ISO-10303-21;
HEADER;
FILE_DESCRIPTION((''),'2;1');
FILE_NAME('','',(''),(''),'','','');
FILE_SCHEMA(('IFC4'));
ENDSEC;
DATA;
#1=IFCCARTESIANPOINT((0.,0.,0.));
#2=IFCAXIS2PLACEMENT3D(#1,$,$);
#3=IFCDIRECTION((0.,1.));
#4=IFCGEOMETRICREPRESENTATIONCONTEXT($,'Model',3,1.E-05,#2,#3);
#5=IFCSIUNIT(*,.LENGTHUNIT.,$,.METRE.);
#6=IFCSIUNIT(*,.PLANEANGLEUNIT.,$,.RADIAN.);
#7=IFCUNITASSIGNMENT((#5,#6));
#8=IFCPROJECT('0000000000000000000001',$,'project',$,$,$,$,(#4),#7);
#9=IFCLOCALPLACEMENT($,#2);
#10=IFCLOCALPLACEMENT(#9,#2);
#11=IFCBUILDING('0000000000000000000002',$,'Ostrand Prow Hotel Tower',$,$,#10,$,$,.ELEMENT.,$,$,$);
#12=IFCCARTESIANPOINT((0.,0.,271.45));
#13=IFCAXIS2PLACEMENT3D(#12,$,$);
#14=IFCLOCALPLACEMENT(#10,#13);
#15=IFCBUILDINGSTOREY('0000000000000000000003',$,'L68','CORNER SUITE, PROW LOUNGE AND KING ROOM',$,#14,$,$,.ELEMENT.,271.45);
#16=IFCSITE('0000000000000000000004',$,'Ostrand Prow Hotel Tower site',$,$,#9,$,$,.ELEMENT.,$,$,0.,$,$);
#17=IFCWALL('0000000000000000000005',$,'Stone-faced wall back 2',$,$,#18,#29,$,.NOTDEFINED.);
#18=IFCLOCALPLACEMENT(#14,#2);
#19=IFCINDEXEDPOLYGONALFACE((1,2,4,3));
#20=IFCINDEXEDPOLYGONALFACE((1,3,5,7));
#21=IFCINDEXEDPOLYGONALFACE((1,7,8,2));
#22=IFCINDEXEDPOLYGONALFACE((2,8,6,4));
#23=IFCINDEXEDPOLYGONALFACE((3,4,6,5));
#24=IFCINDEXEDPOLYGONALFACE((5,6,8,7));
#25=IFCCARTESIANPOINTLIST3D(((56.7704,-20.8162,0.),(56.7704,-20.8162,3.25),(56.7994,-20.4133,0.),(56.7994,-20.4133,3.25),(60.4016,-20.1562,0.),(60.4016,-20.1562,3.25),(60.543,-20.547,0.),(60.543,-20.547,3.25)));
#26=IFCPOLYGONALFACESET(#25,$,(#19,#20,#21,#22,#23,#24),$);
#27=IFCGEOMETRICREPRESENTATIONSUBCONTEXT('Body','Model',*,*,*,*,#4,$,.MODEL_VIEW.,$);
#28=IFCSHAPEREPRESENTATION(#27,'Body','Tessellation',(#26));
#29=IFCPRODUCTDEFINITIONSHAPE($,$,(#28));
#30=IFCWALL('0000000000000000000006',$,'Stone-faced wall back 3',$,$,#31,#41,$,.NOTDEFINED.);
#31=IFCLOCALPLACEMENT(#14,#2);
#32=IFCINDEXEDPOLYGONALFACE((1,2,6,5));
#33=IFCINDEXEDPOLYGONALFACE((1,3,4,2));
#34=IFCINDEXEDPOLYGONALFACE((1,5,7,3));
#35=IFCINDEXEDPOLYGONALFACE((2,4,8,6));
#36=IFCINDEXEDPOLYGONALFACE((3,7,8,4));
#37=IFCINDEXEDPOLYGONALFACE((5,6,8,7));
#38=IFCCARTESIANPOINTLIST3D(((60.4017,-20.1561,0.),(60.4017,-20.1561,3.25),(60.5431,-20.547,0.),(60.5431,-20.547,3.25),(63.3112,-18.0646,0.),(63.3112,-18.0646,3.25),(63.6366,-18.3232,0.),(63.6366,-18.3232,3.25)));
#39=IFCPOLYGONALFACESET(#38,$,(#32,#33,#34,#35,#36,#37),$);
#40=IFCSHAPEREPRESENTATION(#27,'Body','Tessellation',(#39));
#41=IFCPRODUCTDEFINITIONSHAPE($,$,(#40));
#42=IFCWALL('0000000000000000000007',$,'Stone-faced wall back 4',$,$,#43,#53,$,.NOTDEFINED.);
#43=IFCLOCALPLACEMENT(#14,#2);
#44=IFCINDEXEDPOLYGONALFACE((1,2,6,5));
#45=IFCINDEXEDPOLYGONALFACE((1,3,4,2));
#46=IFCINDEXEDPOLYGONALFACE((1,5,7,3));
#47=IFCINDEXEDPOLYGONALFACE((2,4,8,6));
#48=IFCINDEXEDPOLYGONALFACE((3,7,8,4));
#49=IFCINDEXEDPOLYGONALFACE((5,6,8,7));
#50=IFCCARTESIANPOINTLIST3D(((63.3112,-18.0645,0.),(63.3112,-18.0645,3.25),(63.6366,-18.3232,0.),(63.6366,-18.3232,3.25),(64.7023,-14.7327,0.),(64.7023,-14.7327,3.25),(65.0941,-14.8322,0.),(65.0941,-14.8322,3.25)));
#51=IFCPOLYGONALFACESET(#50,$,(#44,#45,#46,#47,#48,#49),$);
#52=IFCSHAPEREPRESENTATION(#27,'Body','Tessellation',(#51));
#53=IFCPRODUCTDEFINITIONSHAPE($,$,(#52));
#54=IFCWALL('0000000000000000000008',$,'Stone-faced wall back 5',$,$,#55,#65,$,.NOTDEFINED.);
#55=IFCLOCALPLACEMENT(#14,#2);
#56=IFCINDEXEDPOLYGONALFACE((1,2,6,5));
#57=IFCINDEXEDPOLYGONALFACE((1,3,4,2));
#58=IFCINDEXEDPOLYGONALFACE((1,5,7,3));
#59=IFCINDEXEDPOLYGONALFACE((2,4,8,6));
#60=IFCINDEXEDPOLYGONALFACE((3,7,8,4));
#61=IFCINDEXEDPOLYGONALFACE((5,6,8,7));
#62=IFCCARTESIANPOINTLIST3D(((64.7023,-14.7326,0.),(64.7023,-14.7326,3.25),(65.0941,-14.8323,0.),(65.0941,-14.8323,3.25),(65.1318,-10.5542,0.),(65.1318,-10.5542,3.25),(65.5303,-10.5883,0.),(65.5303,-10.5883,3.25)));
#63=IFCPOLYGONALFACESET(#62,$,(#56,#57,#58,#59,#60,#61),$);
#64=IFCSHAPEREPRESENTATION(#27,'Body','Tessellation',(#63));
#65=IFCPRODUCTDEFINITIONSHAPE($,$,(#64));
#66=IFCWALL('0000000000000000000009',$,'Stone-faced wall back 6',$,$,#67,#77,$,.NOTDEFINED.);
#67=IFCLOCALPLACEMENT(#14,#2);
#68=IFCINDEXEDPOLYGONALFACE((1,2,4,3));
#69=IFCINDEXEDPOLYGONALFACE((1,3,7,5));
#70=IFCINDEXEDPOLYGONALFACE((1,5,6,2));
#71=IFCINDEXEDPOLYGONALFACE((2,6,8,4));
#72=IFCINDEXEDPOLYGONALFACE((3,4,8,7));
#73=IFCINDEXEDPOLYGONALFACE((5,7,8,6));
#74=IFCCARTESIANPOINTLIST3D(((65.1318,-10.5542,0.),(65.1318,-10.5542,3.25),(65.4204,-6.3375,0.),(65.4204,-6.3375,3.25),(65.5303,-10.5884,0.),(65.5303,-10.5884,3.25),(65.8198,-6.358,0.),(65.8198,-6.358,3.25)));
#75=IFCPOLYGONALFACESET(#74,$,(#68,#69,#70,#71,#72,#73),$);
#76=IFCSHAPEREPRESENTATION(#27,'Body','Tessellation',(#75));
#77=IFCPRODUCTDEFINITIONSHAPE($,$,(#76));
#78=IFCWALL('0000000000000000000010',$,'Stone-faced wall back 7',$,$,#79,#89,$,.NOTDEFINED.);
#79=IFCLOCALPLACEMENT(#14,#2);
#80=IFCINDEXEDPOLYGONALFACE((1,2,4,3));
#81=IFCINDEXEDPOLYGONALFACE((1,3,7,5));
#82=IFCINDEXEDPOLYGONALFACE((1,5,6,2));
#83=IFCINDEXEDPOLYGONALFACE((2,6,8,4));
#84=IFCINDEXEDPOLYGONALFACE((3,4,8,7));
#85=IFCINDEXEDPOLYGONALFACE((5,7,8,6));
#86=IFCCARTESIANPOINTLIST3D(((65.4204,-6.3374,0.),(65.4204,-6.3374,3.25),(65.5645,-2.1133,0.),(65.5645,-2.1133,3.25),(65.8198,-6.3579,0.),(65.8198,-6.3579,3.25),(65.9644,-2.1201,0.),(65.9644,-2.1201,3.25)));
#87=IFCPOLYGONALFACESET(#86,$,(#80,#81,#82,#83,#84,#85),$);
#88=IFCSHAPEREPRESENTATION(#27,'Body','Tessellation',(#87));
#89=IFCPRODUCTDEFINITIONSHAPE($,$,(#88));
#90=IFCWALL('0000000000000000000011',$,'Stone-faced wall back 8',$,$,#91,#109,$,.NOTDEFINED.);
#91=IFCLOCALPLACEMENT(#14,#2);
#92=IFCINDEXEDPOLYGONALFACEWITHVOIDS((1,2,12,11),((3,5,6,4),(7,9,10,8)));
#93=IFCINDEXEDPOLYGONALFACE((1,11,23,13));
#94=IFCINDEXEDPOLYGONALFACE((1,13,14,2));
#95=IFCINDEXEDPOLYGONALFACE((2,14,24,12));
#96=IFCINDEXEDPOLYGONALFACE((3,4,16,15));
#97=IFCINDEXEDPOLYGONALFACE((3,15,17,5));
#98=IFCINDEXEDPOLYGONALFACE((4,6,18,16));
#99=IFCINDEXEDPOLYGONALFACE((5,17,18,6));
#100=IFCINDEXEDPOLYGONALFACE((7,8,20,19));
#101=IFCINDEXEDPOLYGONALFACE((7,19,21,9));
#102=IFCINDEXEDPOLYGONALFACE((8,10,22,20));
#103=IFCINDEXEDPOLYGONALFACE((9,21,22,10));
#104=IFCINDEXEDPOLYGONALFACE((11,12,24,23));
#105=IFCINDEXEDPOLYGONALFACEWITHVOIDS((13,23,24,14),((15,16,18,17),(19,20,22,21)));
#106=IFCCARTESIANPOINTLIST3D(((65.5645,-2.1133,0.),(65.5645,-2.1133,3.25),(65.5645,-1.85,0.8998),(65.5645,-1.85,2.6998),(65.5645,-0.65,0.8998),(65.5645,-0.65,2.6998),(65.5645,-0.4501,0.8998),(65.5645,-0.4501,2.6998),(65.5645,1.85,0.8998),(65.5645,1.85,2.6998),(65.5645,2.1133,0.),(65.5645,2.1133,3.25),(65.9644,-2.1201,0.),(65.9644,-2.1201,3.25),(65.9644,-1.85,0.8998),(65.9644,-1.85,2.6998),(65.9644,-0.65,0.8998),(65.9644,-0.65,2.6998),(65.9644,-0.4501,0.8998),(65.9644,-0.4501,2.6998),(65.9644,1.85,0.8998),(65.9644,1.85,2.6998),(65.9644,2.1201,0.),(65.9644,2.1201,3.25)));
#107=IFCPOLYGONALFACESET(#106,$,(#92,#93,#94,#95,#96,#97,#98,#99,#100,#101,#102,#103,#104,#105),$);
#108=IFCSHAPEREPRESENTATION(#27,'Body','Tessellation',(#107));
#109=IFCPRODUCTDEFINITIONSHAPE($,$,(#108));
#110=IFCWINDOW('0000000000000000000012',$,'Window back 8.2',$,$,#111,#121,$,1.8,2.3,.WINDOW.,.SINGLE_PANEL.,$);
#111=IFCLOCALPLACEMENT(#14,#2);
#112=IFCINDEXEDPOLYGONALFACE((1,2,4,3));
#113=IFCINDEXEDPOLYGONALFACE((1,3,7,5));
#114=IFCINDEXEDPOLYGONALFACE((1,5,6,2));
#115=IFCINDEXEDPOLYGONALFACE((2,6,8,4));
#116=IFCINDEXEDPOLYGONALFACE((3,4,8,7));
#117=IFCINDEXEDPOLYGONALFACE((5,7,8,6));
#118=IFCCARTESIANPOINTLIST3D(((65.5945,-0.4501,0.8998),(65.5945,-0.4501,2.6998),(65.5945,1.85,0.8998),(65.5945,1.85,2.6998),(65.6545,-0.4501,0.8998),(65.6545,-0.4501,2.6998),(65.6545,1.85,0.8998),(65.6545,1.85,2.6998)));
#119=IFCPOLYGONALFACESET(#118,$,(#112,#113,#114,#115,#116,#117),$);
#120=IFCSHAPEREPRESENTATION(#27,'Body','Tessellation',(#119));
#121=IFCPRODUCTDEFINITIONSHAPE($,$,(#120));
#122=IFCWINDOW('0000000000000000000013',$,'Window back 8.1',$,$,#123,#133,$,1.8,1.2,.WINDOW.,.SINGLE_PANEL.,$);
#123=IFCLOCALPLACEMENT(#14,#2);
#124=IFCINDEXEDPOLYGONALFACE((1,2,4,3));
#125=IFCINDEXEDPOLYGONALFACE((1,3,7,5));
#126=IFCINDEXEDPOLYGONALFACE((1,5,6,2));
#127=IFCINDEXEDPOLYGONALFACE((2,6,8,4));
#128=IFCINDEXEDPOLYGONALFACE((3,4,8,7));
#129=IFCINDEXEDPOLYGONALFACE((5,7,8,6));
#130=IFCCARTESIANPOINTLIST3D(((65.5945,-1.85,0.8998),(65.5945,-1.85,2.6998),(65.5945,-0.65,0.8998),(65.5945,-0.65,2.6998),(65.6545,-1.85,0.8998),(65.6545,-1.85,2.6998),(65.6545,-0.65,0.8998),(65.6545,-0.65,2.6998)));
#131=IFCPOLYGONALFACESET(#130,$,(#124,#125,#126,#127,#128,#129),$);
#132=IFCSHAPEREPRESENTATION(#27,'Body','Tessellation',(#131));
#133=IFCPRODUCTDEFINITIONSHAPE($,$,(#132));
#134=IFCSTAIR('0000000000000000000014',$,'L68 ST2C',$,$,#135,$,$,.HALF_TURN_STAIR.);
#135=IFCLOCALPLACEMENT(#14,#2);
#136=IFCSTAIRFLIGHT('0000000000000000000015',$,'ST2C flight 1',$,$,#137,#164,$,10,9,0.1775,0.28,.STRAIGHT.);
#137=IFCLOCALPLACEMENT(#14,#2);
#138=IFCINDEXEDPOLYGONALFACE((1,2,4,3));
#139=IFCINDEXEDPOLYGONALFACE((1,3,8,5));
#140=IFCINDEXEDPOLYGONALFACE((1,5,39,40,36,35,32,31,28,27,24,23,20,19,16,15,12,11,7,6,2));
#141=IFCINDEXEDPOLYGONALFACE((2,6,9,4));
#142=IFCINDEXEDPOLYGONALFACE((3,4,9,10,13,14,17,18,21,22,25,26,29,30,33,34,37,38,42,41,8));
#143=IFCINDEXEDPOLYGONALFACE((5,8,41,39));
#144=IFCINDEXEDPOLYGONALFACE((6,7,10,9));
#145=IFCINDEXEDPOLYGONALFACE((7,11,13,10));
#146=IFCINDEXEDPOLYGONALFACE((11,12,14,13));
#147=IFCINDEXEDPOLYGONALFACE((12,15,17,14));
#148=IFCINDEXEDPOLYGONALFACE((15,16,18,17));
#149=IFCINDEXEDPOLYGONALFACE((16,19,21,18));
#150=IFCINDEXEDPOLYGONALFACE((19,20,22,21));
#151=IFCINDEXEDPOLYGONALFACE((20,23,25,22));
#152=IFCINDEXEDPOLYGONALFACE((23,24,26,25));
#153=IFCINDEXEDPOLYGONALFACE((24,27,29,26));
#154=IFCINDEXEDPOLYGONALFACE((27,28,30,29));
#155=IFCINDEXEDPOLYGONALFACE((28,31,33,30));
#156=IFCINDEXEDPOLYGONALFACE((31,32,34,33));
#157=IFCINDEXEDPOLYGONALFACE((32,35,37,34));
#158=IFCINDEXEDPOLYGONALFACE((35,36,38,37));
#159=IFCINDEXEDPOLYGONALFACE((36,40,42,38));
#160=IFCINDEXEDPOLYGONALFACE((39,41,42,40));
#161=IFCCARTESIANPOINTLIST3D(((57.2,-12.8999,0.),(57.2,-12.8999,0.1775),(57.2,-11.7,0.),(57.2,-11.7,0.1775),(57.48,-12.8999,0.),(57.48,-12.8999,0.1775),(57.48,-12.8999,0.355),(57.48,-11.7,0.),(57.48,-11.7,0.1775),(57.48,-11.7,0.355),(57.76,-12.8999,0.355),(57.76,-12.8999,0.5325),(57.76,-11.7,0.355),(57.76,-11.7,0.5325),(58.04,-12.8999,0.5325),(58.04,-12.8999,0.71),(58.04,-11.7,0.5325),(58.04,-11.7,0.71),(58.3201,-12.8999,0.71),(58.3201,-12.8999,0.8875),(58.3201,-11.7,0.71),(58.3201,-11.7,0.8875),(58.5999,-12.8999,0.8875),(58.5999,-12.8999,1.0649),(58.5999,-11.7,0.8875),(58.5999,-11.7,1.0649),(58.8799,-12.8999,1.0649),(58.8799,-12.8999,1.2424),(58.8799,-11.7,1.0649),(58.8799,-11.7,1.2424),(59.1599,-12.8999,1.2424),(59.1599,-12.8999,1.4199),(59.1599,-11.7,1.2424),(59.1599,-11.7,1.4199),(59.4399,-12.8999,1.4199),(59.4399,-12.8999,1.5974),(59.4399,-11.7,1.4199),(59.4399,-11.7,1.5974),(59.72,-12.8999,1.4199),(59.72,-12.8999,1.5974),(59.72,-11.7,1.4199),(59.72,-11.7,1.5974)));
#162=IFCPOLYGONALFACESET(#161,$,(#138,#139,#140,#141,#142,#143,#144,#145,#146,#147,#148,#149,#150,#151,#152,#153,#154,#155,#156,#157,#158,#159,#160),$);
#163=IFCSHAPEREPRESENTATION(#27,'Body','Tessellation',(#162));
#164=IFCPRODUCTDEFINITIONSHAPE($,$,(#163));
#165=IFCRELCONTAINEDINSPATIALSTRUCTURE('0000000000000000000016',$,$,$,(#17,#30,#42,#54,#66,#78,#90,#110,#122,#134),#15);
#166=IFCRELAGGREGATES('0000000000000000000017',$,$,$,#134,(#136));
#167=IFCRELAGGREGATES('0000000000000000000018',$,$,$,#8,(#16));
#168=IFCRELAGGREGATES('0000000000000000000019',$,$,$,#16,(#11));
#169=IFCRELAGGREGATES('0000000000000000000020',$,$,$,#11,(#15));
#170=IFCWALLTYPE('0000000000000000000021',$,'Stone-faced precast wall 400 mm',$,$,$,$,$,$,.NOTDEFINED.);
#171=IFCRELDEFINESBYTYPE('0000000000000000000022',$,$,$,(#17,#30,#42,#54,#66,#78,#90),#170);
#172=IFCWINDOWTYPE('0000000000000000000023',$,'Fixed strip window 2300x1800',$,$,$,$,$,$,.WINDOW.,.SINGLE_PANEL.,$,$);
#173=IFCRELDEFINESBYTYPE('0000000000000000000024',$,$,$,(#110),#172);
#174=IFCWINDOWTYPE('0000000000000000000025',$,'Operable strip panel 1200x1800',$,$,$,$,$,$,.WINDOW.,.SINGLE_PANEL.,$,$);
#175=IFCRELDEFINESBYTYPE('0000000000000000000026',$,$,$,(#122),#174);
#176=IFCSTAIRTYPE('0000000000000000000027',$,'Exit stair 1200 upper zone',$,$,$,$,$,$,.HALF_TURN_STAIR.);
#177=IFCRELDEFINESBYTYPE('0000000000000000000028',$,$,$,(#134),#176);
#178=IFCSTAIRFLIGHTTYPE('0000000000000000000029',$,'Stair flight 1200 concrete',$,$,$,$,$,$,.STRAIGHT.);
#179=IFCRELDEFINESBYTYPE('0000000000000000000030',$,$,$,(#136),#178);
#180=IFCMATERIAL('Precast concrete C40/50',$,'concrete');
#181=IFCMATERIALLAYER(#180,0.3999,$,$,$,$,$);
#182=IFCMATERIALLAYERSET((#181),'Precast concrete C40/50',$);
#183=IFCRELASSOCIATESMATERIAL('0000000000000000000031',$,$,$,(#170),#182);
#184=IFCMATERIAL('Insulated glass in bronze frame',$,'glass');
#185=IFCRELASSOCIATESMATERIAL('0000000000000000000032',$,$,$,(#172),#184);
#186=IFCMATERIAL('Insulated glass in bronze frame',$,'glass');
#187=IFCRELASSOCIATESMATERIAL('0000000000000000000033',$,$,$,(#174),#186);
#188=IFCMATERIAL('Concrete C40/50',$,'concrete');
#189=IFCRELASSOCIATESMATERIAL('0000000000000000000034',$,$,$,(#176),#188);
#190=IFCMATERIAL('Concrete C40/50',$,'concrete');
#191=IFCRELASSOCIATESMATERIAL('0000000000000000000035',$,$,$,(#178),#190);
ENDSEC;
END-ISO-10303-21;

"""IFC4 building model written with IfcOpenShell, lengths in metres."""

from ifc_helpers import new_model, si_unit, direction, frame, frame_2d, origin, place, context, subcontext, project, spatial, polyline, rectangle, outline, extrude, material, layer, layer_set, type_object, element, fill, aggregate, save


model = new_model("IFC4")

# Units and contexts
model_context = context("Model", 3, precision=1e-05, world=origin(), true_north=direction((0.0, 1.0)))
body_context = subcontext(model_context, "Body", "Model", "MODEL_VIEW")
ifc_project = project(units=[si_unit("LENGTHUNIT", "METRE"), si_unit("PLANEANGLEUNIT", "RADIAN")], contexts=[model_context])

# Site, building, storey
site_placement = place(None, origin())
site = spatial("IfcSite", under=ifc_project, at=site_placement, Name="Ostrand Prow Hotel Tower site", CompositionType="ELEMENT", RefElevation=0.0)
building_placement = place(site_placement, origin())
building = spatial("IfcBuilding", under=site, at=building_placement, Name="Ostrand Prow Hotel Tower", CompositionType="ELEMENT")
storey_placement = place(building_placement, frame((0.0, 0.0, 271.45)))
storey = spatial("IfcBuildingStorey", under=building, at=storey_placement, Name="L68", Description="CORNER SUITE, PROW LOUNGE AND KING ROOM", CompositionType="ELEMENT", Elevation=271.45)

# Walls
ifc_material_1 = material(Name="Precast concrete C40/50", Category="concrete")
ifc_layer_1 = layer(ifc_material_1, 0.3999)
ifc_layer_set_1 = layer_set([ifc_layer_1], Name="Precast concrete C40/50")
wall_type_1 = type_object("IfcWallType", Name="Stone-faced precast wall 400 mm", PredefinedType="NOTDEFINED", material=ifc_layer_set_1)
wall_1_placement = place(storey_placement, frame((56.7849, -20.6147, 0.0), z_axis=(0.0, 0.0, 1.0), x_axis=(0.997463, 0.071191, 0.0)))
element("IfcWall", 1, at=wall_1_placement, inside=storey, type_object=wall_type_1, Name="Stone-faced wall back 2", PredefinedType="NOTDEFINED", context=body_context, shape_type="SweptSolid", body=[
    extrude(outline(polyline([(-0.0288, -0.2), (3.7534, -0.2), (3.6401, 0.2), (0.0288, 0.2), (-0.0288, -0.2)])), origin(), (0.0, 0.0, 1.0), 3.25),
])
wall_2_placement = place(storey_placement, frame((60.4724, -20.3516, 0.0), z_axis=(0.0, 0.0, 1.0), x_axis=(0.811963, 0.58371, 0.0)))
element("IfcWall", 2, at=wall_2_placement, inside=storey, type_object=wall_type_1, Name="Stone-faced wall back 3", PredefinedType="NOTDEFINED", context=body_context, shape_type="SweptSolid", body=[
    extrude(outline(polyline([(-0.0566, -0.2), (3.7532, -0.2), (3.6399, 0.2), (0.0566, 0.2), (-0.0566, -0.2)])), origin(), (0.0, 0.0, 1.0), 3.25),
])
wall_3_placement = place(storey_placement, frame((63.4739, -18.1938, 0.0), z_axis=(0.0, 0.0, 1.0), x_axis=(0.385286, 0.922797, 0.0)))
element("IfcWall", 3, at=wall_3_placement, inside=storey, type_object=wall_type_1, Name="Stone-faced wall back 4", PredefinedType="NOTDEFINED", context=body_context, shape_type="SweptSolid", body=[
    extrude(outline(polyline([(-0.0566, -0.2), (3.7263, -0.2), (3.6672, 0.2), (0.0566, 0.2), (-0.0566, -0.2)])), origin(), (0.0, 0.0, 1.0), 3.25),
])
wall_4_placement = place(storey_placement, frame((64.8982, -14.7825, 0.0), z_axis=(0.0, 0.0, 1.0), x_axis=(0.10225, 0.994759, 0.0)))
element("IfcWall", 4, at=wall_4_placement, inside=storey, type_object=wall_type_1, Name="Stone-faced wall back 5", PredefinedType="NOTDEFINED", context=body_context, shape_type="SweptSolid", body=[
    extrude(outline(polyline([(-0.0295, -0.2), (4.2368, -0.2), (4.23, 0.2), (0.0295, 0.2), (-0.0295, -0.2)])), origin(), (0.0, 0.0, 1.0), 3.25),
])
for number, where, z_axis, x_axis, name in (
    (5, (65.3311, -10.5713, 0.0), (0.0, 0.0, 1.0), (0.06828, 0.997666, 0.0), "Stone-faced wall back 6"),
    (6, (65.6201, -6.3477, 0.0), (0.0, 0.0, 1.0), (0.034083, 0.999419, 0.0), "Stone-faced wall back 7"),
):
    element("IfcWall", number, at=place(storey_placement, frame(where, z_axis=z_axis, x_axis=x_axis)), inside=storey, type_object=wall_type_1, Name=name, PredefinedType="NOTDEFINED", context=body_context, shape_type="SweptSolid", body=[
        extrude(outline(polyline([(-0.0034, -0.2), (4.2368, -0.2), (4.23, 0.2), (0.0034, 0.2), (-0.0034, -0.2)])), origin(), (0.0, 0.0, 1.0), 3.25),
    ])

# Wall, openings, windows
wall_5_placement = place(storey_placement, frame((65.7644, -2.1167, 0.0), z_axis=(0.0, 0.0, 1.0), x_axis=(0.0, 1.0, 0.0)))
wall_5 = element("IfcWall", 7, at=wall_5_placement, inside=storey, type_object=wall_type_1, Name="Stone-faced wall back 8", PredefinedType="NOTDEFINED", context=body_context, shape_type="SweptSolid", body=[
    extrude(outline(polyline([(-0.0034, -0.2), (4.2368, -0.2), (4.23, 0.2), (0.0034, 0.2), (-0.0034, -0.2)])), origin(), (0.0, 0.0, 1.0), 3.25),
])
opening_1_placement = place(wall_5_placement, frame((0.2666, 0.0, 0.8999)))
opening_1 = element("IfcOpeningElement", 8, at=opening_1_placement, cuts=wall_5, PredefinedType="OPENING", context=body_context, shape_type="SweptSolid", body=[
    extrude(rectangle(XDim=1.2, YDim=1.8, at=frame_2d((0.6001, 0.8999))), frame((0.0, 0.21, 0.0), z_axis=(0.0, -1.0, 0.0), x_axis=(1.0, 0.0, 0.0)), (0.0, 0.0, 1.0), 0.4199),
])
opening_2_placement = place(wall_5_placement, frame((1.6667, 0.0, 0.8999)))
opening_2 = element("IfcOpeningElement", 9, at=opening_2_placement, cuts=wall_5, PredefinedType="OPENING", context=body_context, shape_type="SweptSolid", body=[
    extrude(rectangle(XDim=2.3, YDim=1.8, at=frame_2d((1.1499, 0.8999))), frame((0.0, 0.21, 0.0), z_axis=(0.0, -1.0, 0.0), x_axis=(1.0, 0.0, 0.0)), (0.0, 0.0, 1.0), 0.4199),
])
ifc_material_2 = material(Name="Insulated glass in bronze frame", Category="glass")
window_type_1 = type_object("IfcWindowType", Name="Fixed strip window 2300x1800", PartitioningType="SINGLE_PANEL", PredefinedType="WINDOW", material=ifc_material_2)
window_1_placement = place(opening_2_placement, origin())
window_1 = element("IfcWindow", 10, at=window_1_placement, inside=storey, type_object=window_type_1, Name="Window back 8.2", OverallHeight=1.8, OverallWidth=2.3, PartitioningType="SINGLE_PANEL", PredefinedType="WINDOW", context=body_context, shape_type="SweptSolid", body=[
    extrude(rectangle(XDim=2.3, YDim=1.8, at=frame_2d((1.1499, 0.8999))), frame((0.0, 0.1699, 0.0), z_axis=(0.0, -1.0, 0.0), x_axis=(1.0, 0.0, 0.0)), (0.0, 0.0, 1.0), 0.0601),
])
fill(opening_2, window_1)
ifc_material_3 = material(Name="Insulated glass in bronze frame", Category="glass")
window_type_2 = type_object("IfcWindowType", Name="Operable strip panel 1200x1800", PartitioningType="SINGLE_PANEL", PredefinedType="WINDOW", material=ifc_material_3)
window_2_placement = place(opening_1_placement, origin())
window_2 = element("IfcWindow", 11, at=window_2_placement, inside=storey, type_object=window_type_2, Name="Window back 8.1", OverallHeight=1.8, OverallWidth=1.2, PartitioningType="SINGLE_PANEL", PredefinedType="WINDOW", context=body_context, shape_type="SweptSolid", body=[
    extrude(rectangle(XDim=1.2, YDim=1.8, at=frame_2d((0.6001, 0.8999))), frame((0.0, 0.1699, 0.0), z_axis=(0.0, -1.0, 0.0), x_axis=(1.0, 0.0, 0.0)), (0.0, 0.0, 1.0), 0.0601),
])
fill(opening_1, window_2)

# Stair, stair flight
ifc_material_4 = material(Name="Concrete C40/50", Category="concrete")
stair_type = type_object("IfcStairType", Name="Exit stair 1200 upper zone", PredefinedType="HALF_TURN_STAIR", material=ifc_material_4)
stair_placement = place(storey_placement, origin())
stair = element("IfcStair", 12, at=stair_placement, inside=storey, type_object=stair_type, Name="L68 ST2C", PredefinedType="HALF_TURN_STAIR")
ifc_material_5 = material(Name="Concrete C40/50", Category="concrete")
stair_flight_type = type_object("IfcStairFlightType", Name="Stair flight 1200 concrete", PredefinedType="STRAIGHT", material=ifc_material_5)
stair_flight_1_placement = place(storey_placement, frame((57.2, -12.3, 0.0), z_axis=(0.0, 0.0, 1.0), x_axis=(1.0, 0.0, 0.0)))
stair_flight_1 = element("IfcStairFlight", 13, at=stair_flight_1_placement, type_object=stair_flight_type, Name="ST2C flight 1", NumberOfRisers=10, NumberOfTreads=9, PredefinedType="STRAIGHT", RiserHeight=0.1775, TreadLength=0.28, context=body_context, shape_type="SweptSolid", body=[
    extrude(outline(polyline([(0.0, 0.0), (0.0, 0.1775), (0.28, 0.1775), (0.28, 0.355), (0.5601, 0.355), (0.5601, 0.5325), (0.8401, 0.5325), (0.8401, 0.71), (1.1201, 0.71), (1.1201, 0.8875), (1.3999, 0.8875), (1.3999, 1.0649), (1.6799, 1.0649), (1.6799, 1.2424), (1.96, 1.2424), (1.96, 1.4199), (2.24, 1.4199), (2.24, 1.5974), (2.52, 1.5974), (2.52, 1.7749), (2.52, 1.4199), (0.28, 0.0), (0.0, 0.0)])), frame((0.0, 0.6001, 0.0), z_axis=(0.0, -1.0, 0.0), x_axis=(1.0, 0.0, 0.0)), (0.0, 0.0, 1.0), 1.2),
])
aggregate(stair, [stair_flight_1])

save(model, "model.ifc")
